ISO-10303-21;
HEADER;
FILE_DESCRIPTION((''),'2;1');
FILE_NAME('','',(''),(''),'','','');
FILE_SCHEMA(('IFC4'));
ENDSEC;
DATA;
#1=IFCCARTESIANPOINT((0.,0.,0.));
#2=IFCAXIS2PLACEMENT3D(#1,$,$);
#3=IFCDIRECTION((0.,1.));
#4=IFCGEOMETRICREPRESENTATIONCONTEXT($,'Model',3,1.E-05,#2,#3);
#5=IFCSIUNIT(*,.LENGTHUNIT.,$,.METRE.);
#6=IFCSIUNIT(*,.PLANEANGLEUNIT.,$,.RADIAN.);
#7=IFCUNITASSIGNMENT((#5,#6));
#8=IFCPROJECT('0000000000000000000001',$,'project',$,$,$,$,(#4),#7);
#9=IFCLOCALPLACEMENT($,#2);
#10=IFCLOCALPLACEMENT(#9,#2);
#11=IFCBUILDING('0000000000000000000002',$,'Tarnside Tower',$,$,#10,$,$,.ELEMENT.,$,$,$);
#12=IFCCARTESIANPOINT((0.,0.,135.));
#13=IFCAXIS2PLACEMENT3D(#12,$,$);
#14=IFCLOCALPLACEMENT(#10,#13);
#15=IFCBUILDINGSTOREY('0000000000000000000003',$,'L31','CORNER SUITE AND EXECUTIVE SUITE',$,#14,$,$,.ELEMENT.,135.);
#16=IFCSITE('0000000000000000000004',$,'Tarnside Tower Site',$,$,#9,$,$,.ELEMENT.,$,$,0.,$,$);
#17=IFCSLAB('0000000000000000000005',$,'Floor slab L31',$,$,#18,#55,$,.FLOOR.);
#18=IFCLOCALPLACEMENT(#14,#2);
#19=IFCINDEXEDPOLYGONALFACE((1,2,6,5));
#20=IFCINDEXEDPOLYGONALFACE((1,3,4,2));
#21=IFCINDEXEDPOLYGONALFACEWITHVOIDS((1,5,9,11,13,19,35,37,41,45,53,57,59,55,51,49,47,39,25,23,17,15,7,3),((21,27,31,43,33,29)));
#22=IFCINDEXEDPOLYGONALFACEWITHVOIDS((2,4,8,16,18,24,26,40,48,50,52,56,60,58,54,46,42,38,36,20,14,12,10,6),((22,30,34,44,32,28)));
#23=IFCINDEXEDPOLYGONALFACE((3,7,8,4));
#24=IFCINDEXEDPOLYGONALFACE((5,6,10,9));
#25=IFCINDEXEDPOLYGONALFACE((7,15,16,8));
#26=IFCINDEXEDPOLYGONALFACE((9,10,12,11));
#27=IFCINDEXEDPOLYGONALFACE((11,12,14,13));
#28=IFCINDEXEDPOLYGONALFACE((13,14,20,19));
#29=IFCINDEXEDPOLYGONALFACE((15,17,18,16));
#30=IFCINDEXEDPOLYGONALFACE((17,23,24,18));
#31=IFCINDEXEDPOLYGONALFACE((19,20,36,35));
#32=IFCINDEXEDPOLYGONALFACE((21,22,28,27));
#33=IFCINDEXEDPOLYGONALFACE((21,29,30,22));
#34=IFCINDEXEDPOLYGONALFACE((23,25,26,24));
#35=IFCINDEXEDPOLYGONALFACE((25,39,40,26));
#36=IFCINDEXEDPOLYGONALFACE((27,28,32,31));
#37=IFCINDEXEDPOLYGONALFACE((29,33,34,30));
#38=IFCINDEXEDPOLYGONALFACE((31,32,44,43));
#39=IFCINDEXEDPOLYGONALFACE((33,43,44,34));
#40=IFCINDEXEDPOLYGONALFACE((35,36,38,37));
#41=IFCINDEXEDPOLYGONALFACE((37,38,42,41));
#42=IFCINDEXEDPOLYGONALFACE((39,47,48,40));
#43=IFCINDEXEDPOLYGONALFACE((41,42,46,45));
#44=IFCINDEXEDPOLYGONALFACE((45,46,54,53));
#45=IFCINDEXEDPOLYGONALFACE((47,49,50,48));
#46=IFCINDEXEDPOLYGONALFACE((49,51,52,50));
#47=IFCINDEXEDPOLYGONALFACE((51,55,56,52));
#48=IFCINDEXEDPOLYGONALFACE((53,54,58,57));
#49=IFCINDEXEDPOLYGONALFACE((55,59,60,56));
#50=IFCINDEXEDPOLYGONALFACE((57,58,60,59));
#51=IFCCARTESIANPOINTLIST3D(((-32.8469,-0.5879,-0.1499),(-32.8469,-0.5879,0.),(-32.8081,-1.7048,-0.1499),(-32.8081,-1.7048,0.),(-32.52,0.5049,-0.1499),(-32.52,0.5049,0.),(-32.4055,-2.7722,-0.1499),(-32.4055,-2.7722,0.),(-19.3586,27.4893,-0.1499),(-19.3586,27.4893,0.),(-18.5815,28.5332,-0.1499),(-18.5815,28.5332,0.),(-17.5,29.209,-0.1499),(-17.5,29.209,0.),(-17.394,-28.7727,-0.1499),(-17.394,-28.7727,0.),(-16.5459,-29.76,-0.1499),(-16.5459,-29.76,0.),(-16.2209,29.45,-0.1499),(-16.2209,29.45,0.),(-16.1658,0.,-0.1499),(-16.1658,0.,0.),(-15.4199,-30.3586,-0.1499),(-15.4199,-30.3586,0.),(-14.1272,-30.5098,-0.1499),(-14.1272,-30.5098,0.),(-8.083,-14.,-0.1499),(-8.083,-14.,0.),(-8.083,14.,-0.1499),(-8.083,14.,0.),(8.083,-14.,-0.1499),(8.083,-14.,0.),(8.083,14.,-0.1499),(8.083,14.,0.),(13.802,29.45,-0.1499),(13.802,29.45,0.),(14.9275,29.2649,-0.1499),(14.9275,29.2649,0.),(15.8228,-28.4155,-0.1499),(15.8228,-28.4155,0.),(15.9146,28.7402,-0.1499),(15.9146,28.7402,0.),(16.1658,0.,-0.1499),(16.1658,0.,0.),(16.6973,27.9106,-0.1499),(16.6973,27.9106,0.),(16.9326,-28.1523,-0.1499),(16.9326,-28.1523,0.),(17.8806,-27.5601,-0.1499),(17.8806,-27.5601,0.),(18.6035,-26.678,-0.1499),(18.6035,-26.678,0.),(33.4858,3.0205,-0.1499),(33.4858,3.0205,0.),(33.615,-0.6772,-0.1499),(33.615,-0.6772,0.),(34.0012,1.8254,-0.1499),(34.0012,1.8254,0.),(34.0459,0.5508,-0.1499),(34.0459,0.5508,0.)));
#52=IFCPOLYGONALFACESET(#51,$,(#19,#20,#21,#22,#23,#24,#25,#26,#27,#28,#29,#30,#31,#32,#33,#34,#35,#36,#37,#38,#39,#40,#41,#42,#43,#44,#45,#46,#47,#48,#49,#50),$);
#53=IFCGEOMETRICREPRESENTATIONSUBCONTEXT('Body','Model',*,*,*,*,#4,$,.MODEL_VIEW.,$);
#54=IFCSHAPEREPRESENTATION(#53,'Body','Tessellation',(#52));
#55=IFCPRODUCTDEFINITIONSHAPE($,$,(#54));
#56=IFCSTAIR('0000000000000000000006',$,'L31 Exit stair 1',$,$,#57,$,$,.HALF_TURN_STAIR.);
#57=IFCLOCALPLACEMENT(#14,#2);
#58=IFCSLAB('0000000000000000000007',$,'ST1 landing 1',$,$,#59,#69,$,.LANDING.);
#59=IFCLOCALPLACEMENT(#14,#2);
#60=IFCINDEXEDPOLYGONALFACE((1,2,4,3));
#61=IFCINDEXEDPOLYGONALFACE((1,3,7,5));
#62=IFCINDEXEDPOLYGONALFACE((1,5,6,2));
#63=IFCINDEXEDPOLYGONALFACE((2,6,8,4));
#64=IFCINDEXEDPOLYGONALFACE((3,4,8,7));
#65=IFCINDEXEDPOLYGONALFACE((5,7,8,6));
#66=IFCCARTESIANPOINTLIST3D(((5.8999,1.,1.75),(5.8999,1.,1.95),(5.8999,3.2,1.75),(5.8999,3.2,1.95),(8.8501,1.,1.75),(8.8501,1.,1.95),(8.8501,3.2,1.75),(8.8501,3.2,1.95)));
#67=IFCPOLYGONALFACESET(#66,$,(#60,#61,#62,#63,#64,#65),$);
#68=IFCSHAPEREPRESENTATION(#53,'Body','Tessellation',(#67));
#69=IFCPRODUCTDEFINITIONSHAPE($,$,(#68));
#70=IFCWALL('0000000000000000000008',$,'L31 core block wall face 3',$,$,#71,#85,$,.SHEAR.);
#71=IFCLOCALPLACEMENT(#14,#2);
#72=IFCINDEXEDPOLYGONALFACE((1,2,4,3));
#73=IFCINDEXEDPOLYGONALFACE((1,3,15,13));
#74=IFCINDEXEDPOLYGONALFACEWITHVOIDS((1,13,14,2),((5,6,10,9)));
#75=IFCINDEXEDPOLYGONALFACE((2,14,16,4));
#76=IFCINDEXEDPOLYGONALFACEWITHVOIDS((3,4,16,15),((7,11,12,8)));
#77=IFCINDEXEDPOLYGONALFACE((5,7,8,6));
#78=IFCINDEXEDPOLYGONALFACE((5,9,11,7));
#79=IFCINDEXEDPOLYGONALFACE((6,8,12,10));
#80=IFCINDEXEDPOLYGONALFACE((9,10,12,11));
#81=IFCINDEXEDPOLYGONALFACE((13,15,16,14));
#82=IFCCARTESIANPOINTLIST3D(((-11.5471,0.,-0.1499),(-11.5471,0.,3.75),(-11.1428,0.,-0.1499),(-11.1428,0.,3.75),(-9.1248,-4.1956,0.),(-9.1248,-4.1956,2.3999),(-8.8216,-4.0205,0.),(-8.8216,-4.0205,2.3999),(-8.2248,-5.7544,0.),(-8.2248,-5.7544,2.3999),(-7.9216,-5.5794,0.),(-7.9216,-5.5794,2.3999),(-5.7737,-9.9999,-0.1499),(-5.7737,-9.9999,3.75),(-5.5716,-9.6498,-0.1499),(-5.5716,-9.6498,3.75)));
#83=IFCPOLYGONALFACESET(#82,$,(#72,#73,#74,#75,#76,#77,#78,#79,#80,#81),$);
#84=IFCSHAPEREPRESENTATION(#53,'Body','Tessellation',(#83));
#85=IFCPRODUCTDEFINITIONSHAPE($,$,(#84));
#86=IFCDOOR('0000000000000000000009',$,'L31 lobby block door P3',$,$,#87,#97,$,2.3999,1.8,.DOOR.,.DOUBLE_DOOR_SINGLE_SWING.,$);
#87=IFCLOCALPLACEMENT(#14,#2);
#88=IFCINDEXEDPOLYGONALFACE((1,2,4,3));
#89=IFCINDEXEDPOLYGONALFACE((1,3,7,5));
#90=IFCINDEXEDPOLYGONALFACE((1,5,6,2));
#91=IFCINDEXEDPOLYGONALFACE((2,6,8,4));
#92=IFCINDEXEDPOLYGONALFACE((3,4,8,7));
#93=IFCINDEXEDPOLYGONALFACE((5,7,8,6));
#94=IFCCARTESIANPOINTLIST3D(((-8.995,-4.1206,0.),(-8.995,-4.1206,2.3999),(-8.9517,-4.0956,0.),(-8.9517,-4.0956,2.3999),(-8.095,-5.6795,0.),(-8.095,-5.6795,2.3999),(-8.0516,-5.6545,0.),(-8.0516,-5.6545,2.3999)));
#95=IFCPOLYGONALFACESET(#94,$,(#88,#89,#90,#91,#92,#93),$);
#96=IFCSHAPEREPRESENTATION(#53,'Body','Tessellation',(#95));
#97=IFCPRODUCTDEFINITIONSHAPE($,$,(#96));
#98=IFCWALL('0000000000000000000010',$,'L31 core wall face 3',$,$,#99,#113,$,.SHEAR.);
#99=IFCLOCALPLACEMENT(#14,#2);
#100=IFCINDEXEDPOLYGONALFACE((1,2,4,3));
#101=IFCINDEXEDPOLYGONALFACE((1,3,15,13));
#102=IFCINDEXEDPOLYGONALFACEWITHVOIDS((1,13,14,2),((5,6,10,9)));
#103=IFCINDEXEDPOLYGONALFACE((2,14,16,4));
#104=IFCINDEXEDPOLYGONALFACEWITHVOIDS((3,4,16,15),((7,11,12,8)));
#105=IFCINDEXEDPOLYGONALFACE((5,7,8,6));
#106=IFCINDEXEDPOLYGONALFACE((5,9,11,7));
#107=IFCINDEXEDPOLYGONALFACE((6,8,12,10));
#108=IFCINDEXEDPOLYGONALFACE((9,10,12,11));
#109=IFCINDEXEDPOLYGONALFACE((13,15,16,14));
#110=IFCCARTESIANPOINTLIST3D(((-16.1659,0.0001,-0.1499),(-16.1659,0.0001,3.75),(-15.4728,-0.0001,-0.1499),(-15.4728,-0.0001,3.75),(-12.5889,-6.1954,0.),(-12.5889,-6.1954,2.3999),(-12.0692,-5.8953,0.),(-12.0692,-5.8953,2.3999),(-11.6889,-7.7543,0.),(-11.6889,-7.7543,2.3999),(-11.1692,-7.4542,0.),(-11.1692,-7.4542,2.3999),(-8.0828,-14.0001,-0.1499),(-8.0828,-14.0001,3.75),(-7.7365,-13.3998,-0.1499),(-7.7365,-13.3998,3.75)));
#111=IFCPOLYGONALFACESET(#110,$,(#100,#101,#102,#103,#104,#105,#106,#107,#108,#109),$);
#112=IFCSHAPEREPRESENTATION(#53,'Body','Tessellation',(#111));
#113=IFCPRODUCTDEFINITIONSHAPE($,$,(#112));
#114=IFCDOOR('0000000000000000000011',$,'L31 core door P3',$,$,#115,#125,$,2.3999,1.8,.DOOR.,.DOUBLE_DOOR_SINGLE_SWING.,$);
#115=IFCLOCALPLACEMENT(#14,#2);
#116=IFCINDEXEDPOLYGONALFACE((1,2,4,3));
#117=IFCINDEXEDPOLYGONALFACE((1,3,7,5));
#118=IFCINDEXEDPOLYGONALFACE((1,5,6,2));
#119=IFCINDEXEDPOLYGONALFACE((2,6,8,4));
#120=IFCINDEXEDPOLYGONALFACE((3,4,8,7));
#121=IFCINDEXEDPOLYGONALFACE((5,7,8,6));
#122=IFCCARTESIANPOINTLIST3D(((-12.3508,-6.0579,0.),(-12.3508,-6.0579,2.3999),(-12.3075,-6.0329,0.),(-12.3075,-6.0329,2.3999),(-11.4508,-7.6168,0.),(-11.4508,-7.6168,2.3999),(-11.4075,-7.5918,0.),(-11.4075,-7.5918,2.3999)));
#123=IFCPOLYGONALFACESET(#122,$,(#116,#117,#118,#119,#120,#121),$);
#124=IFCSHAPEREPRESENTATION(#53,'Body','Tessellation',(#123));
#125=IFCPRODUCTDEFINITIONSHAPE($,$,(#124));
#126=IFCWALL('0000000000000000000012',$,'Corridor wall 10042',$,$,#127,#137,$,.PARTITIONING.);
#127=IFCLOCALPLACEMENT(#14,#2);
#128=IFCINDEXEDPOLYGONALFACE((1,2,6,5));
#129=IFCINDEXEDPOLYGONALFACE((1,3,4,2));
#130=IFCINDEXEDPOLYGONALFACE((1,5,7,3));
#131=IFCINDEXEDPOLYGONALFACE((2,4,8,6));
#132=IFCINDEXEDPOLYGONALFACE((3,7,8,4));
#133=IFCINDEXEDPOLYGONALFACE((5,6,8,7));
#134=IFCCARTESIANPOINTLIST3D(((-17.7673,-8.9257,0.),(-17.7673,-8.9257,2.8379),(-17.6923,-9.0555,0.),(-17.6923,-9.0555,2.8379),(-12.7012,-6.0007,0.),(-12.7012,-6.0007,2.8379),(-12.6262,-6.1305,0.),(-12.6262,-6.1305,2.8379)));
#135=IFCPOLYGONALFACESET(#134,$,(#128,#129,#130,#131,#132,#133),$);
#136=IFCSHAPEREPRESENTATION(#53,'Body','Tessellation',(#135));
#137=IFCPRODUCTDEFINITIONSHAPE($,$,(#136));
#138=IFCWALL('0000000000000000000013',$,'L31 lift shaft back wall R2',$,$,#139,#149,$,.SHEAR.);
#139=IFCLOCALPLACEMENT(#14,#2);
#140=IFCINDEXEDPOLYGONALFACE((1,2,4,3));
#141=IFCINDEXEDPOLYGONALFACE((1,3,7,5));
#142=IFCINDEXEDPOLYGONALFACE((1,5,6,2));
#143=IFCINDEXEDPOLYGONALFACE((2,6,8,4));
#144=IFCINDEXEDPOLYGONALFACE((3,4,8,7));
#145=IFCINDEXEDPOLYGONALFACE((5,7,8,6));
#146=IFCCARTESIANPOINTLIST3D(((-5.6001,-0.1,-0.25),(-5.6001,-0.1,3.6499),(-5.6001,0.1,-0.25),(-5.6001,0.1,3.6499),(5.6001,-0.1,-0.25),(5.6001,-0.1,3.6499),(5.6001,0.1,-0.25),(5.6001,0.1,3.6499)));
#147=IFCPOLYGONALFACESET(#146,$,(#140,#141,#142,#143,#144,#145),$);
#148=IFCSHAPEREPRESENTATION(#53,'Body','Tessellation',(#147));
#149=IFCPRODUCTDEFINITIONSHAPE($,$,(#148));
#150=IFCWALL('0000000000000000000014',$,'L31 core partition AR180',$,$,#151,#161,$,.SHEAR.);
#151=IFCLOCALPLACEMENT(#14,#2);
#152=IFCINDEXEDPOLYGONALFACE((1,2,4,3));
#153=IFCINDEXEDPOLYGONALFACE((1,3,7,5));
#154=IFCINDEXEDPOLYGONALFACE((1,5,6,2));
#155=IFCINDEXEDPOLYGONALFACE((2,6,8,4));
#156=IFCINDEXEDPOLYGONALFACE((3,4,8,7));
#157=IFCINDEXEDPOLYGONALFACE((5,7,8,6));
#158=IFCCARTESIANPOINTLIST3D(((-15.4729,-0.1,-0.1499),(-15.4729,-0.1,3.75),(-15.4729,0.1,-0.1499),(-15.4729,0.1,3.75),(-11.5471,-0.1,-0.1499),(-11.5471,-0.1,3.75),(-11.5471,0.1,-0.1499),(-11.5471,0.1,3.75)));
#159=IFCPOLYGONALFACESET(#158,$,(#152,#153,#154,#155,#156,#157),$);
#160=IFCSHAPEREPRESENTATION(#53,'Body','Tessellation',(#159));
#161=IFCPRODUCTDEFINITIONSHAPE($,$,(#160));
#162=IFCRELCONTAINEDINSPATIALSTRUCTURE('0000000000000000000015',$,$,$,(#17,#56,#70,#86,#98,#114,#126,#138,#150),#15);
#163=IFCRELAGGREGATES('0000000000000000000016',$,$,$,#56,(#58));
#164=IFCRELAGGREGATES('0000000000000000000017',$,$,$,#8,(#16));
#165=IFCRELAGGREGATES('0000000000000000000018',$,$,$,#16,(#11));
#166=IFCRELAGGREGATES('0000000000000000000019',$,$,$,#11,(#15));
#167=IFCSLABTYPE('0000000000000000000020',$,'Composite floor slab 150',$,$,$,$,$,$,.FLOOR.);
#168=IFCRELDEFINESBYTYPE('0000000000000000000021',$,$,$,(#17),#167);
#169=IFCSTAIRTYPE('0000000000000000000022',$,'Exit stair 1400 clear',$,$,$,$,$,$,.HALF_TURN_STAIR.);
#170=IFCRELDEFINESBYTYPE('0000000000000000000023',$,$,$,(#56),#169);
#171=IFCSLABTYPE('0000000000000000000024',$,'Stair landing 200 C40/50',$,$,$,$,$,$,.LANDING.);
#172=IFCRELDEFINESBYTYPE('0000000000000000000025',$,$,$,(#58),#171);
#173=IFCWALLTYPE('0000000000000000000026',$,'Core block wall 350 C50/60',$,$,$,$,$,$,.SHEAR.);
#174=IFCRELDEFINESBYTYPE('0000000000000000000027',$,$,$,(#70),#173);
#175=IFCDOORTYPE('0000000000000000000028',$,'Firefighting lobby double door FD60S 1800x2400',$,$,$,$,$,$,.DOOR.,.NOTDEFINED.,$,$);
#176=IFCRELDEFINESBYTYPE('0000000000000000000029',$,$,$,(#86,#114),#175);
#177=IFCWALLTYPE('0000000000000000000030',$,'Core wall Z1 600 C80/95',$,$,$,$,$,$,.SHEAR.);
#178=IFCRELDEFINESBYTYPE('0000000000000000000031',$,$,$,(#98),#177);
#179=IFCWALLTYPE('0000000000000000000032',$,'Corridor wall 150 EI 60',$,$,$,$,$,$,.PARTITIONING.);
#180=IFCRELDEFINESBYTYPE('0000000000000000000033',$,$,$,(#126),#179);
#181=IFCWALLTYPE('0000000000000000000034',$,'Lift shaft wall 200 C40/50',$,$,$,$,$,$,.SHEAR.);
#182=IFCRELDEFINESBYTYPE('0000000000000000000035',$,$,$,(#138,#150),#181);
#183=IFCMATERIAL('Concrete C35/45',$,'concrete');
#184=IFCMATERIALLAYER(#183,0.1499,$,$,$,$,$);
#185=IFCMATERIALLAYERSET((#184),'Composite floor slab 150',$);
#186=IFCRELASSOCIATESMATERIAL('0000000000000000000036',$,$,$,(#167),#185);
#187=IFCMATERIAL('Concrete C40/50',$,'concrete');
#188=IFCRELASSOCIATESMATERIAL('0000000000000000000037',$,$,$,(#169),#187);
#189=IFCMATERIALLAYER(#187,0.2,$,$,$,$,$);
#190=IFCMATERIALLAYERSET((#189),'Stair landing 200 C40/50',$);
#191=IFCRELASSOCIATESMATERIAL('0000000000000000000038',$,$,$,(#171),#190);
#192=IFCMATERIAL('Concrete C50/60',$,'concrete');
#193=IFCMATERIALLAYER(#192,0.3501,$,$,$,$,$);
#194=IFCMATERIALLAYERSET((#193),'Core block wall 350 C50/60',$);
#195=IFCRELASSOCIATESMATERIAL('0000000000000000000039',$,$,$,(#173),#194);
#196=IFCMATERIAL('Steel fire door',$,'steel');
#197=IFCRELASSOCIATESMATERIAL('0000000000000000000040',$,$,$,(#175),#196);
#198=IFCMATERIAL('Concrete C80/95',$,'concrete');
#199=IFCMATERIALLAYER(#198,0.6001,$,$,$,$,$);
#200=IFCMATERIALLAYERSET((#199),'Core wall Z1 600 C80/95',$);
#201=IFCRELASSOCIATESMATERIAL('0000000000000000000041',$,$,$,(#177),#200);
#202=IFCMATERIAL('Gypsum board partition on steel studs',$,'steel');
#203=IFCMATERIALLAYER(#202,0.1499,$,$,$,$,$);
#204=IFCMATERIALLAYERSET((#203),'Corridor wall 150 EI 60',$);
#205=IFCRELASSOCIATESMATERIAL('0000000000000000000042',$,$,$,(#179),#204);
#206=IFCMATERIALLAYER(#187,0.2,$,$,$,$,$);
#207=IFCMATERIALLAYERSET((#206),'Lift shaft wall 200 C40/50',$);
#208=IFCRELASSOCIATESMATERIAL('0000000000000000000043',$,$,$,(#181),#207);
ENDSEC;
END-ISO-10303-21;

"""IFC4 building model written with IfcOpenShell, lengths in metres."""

from ifc_helpers import new_model, si_unit, direction, frame, frame_2d, origin, place, context, subcontext, project, spatial, polyline, rectangle, outline, extrude, material, layer, layer_set, type_object, element, fill, aggregate, save


model = new_model("IFC4")

# Units and contexts
model_context = context("Model", 3, precision=1e-05, world=origin(), true_north=direction((0.0, 1.0)))
body_context = subcontext(model_context, "Body", "Model", "MODEL_VIEW")
ifc_project = project(units=[si_unit("LENGTHUNIT", "METRE"), si_unit("PLANEANGLEUNIT", "RADIAN")], contexts=[model_context])

# Site, building, storey
site_placement = place(None, origin())
site = spatial("IfcSite", under=ifc_project, at=site_placement, Name="Tarnside Tower Site", CompositionType="ELEMENT", RefElevation=0.0)
building_placement = place(site_placement, origin())
building = spatial("IfcBuilding", under=site, at=building_placement, Name="Tarnside Tower", CompositionType="ELEMENT")
storey_placement = place(building_placement, frame((0.0, 0.0, 135.0)))
storey = spatial("IfcBuildingStorey", under=building, at=storey_placement, Name="L31", Description="CORNER SUITE AND EXECUTIVE SUITE", CompositionType="ELEMENT", Elevation=135.0)

# Slab
ifc_material_1 = material(Name="Concrete C35/45", Category="concrete")
ifc_layer_1 = layer(ifc_material_1, 0.1499)
ifc_layer_set_1 = layer_set([ifc_layer_1], Name="Composite floor slab 150")
slab_type_1 = type_object("IfcSlabType", Name="Composite floor slab 150", PredefinedType="FLOOR", material=ifc_layer_set_1)
slab_1_placement = place(storey_placement, frame((0.0, 0.0, -0.1499)))
element("IfcSlab", 1, at=slab_1_placement, inside=storey, type_object=slab_type_1, Name="Floor slab L31", PredefinedType="FLOOR", context=body_context, shape_type="SweptSolid", body=[
    extrude(outline(polyline([(14.9275, 29.2649), (15.9146, 28.7402), (16.6973, 27.9106), (33.4858, 3.0205), (34.0012, 1.8254), (34.0459, 0.5508), (33.615, -0.6772), (18.6035, -26.678), (17.8806, -27.5601), (16.9326, -28.1523), (15.8228, -28.4155), (-14.1272, -30.5098), (-15.4199, -30.3586), (-16.5459, -29.76), (-17.394, -28.7727), (-32.4055, -2.7722), (-32.8081, -1.7048), (-32.8469, -0.5879), (-32.52, 0.5049), (-19.3586, 27.4893), (-18.5815, 28.5332), (-17.5, 29.209), (-16.2209, 29.45), (13.802, 29.45), (14.9275, 29.2649)]), holes=[polyline([(-16.1658, 0.0), (-8.083, -14.0), (8.083, -14.0), (16.1658, 0.0), (8.083, 14.0), (-8.083, 14.0), (-16.1658, 0.0)])]), origin(), (0.0, 0.0, 1.0), 0.1499),
])

# Stair, slab
ifc_material_2 = material(Name="Concrete C40/50", Category="concrete")
stair_type = type_object("IfcStairType", Name="Exit stair 1400 clear", PredefinedType="HALF_TURN_STAIR", material=ifc_material_2)
stair_1_placement = place(storey_placement, origin())
stair_1 = element("IfcStair", 2, at=stair_1_placement, inside=storey, type_object=stair_type, Name="L31 Exit stair 1", PredefinedType="HALF_TURN_STAIR")
ifc_layer_2 = layer(ifc_material_2, 0.2)
ifc_layer_set_2 = layer_set([ifc_layer_2], Name="Stair landing 200 C40/50")
slab_type_2 = type_object("IfcSlabType", Name="Stair landing 200 C40/50", PredefinedType="LANDING", material=ifc_layer_set_2)
slab_2_placement = place(storey_placement, frame((0.0, 0.0, 1.75)))
slab_2 = element("IfcSlab", 3, at=slab_2_placement, type_object=slab_type_2, Name="ST1 landing 1", PredefinedType="LANDING", context=body_context, shape_type="SweptSolid", body=[
    extrude(outline(polyline([(8.8501, 1.0), (8.8501, 3.2), (5.8999, 3.2), (5.8999, 1.0), (8.8501, 1.0)])), origin(), (0.0, 0.0, 1.0), 0.2),
])
aggregate(stair_1, [slab_2])

# Walls, openings, doors
ifc_material_3 = material(Name="Concrete C50/60", Category="concrete")
ifc_layer_3 = layer(ifc_material_3, 0.3501)
ifc_layer_set_3 = layer_set([ifc_layer_3], Name="Core block wall 350 C50/60")
wall_type_1 = type_object("IfcWallType", Name="Core block wall 350 C50/60", PredefinedType="SHEAR", material=ifc_layer_set_3)
wall_1_placement = place(storey_placement, frame((-11.345, 0.0, -0.1499), z_axis=(0.0, 0.0, 1.0), x_axis=(0.499995, -0.866028, 0.0)))
wall_1 = element("IfcWall", 4, at=wall_1_placement, inside=storey, type_object=wall_type_1, Name="L31 core block wall face 3", PredefinedType="SHEAR", context=body_context, shape_type="SweptSolid", body=[
    extrude(outline(polyline([(-0.1011, -0.175), (11.4458, -0.175), (11.2437, 0.175), (0.1011, 0.175), (-0.1011, -0.175)])), origin(), (0.0, 0.0, 1.0), 3.8999),
])
opening_1_placement = place(wall_1_placement, frame((4.7437, 0.0, 0.1499)))
opening_1 = element("IfcOpeningElement", 5, at=opening_1_placement, cuts=wall_1, PredefinedType="OPENING", context=body_context, shape_type="SweptSolid", body=[
    extrude(rectangle(XDim=1.8, YDim=2.3999, at=frame_2d((0.8999, 1.2))), frame((0.0, 0.1851, 0.0), z_axis=(0.0, -1.0, 0.0), x_axis=(1.0, 0.0, 0.0)), (0.0, 0.0, 1.0), 0.3701),
])
ifc_material_4 = material(Name="Steel fire door", Category="steel")
door_type_1 = type_object("IfcDoorType", Name="Firefighting lobby double door FD60S 1800x2400", OperationType="NOTDEFINED", PredefinedType="DOOR", material=ifc_material_4)
door_1_placement = place(opening_1_placement, origin())
door_1 = element("IfcDoor", 6, at=door_1_placement, inside=storey, type_object=door_type_1, Name="L31 lobby block door P3", OperationType="DOUBLE_DOOR_SINGLE_SWING", OverallHeight=2.3999, OverallWidth=1.8, PredefinedType="DOOR", context=body_context, shape_type="SweptSolid", body=[
    extrude(rectangle(XDim=1.8, YDim=2.3999, at=frame_2d((0.8999, 1.2))), frame((0.0, 0.0249, 0.0), z_axis=(0.0, -1.0, 0.0), x_axis=(1.0, 0.0, 0.0)), (0.0, 0.0, 1.0), 0.05),
])
fill(opening_1, door_1)
ifc_material_5 = material(Name="Concrete C80/95", Category="concrete")
ifc_layer_4 = layer(ifc_material_5, 0.6001)
ifc_layer_set_4 = layer_set([ifc_layer_4], Name="Core wall Z1 600 C80/95")
wall_type_2 = type_object("IfcWallType", Name="Core wall Z1 600 C80/95", PredefinedType="SHEAR", material=ifc_layer_set_4)
wall_2_placement = place(storey_placement, frame((-15.8193, 0.0, -0.1499), z_axis=(0.0, 0.0, 1.0), x_axis=(0.5, -0.866025, 0.0)))
wall_2 = element("IfcWall", 7, at=wall_2_placement, inside=storey, type_object=wall_type_2, Name="L31 core wall face 3", PredefinedType="SHEAR", context=body_context, shape_type="SweptSolid", body=[
    extrude(outline(polyline([(-0.1733, -0.3), (15.9927, -0.3), (15.646, 0.3), (0.1733, 0.3), (-0.1733, -0.3)])), origin(), (0.0, 0.0, 1.0), 3.8999),
])
opening_2_placement = place(wall_2_placement, frame((6.9807, 0.0, 0.1499)))
opening_2 = element("IfcOpeningElement", 8, at=opening_2_placement, cuts=wall_2, PredefinedType="OPENING", context=body_context, shape_type="SweptSolid", body=[
    extrude(rectangle(XDim=1.8, YDim=2.3999, at=frame_2d((0.8999, 1.2))), frame((0.0, 0.3101, 0.0), z_axis=(0.0, -1.0, 0.0), x_axis=(1.0, 0.0, 0.0)), (0.0, 0.0, 1.0), 0.6201),
])
door_2_placement = place(opening_2_placement, origin())
door_2 = element("IfcDoor", 9, at=door_2_placement, inside=storey, type_object=door_type_1, Name="L31 core door P3", OperationType="DOUBLE_DOOR_SINGLE_SWING", OverallHeight=2.3999, OverallWidth=1.8, PredefinedType="DOOR", context=body_context, shape_type="SweptSolid", body=[
    extrude(rectangle(XDim=1.8, YDim=2.3999, at=frame_2d((0.8999, 1.2))), frame((0.0, 0.0249, 0.0), z_axis=(0.0, -1.0, 0.0), x_axis=(1.0, 0.0, 0.0)), (0.0, 0.0, 1.0), 0.05),
])
fill(opening_2, door_2)

# Walls
ifc_material_6 = material(Name="Gypsum board partition on steel studs", Category="steel")
ifc_layer_5 = layer(ifc_material_6, 0.1499)
ifc_layer_set_5 = layer_set([ifc_layer_5], Name="Corridor wall 150 EI 60")
wall_type_3 = type_object("IfcWallType", Name="Corridor wall 150 EI 60", PredefinedType="PARTITIONING", material=ifc_layer_set_5)
wall_3_placement = place(storey_placement, frame((-12.6638, -6.0657, 0.0), z_axis=(0.0, 0.0, 1.0), x_axis=(-0.866018, -0.500013, 0.0)))
element("IfcWall", 10, at=wall_3_placement, inside=storey, type_object=wall_type_3, Name="Corridor wall 10042", PredefinedType="PARTITIONING", context=body_context, shape_type="SweptSolid", body=[
    extrude(rectangle(XDim=5.8499, YDim=0.1499, at=frame_2d((2.9248, 0.0))), origin(), (0.0, 0.0, 1.0), 2.8379),
])
ifc_layer_6 = layer(ifc_material_2, 0.2)
ifc_layer_set_6 = layer_set([ifc_layer_6], Name="Lift shaft wall 200 C40/50")
wall_type_4 = type_object("IfcWallType", Name="Lift shaft wall 200 C40/50", PredefinedType="SHEAR", material=ifc_layer_set_6)
wall_4_placement = place(storey_placement, frame((-5.6001, 0.0, -0.25), z_axis=(0.0, 0.0, 1.0), x_axis=(1.0, 0.0, 0.0)))
element("IfcWall", 11, at=wall_4_placement, inside=storey, type_object=wall_type_4, Name="L31 lift shaft back wall R2", PredefinedType="SHEAR", context=body_context, shape_type="SweptSolid", body=[
    extrude(rectangle(XDim=11.2002, YDim=0.2, at=frame_2d((5.6001, 0.0))), origin(), (0.0, 0.0, 1.0), 3.8999),
])
wall_5_placement = place(storey_placement, frame((-11.5471, 0.0, -0.1499), z_axis=(0.0, 0.0, 1.0), x_axis=(-1.0, 0.0, 0.0)))
element("IfcWall", 12, at=wall_5_placement, inside=storey, type_object=wall_type_4, Name="L31 core partition AR180", PredefinedType="SHEAR", context=body_context, shape_type="SweptSolid", body=[
    extrude(rectangle(XDim=3.9258, YDim=0.2, at=frame_2d((1.9629, 0.0))), origin(), (0.0, 0.0, 1.0), 3.8999),
])

save(model, "model.ifc")
